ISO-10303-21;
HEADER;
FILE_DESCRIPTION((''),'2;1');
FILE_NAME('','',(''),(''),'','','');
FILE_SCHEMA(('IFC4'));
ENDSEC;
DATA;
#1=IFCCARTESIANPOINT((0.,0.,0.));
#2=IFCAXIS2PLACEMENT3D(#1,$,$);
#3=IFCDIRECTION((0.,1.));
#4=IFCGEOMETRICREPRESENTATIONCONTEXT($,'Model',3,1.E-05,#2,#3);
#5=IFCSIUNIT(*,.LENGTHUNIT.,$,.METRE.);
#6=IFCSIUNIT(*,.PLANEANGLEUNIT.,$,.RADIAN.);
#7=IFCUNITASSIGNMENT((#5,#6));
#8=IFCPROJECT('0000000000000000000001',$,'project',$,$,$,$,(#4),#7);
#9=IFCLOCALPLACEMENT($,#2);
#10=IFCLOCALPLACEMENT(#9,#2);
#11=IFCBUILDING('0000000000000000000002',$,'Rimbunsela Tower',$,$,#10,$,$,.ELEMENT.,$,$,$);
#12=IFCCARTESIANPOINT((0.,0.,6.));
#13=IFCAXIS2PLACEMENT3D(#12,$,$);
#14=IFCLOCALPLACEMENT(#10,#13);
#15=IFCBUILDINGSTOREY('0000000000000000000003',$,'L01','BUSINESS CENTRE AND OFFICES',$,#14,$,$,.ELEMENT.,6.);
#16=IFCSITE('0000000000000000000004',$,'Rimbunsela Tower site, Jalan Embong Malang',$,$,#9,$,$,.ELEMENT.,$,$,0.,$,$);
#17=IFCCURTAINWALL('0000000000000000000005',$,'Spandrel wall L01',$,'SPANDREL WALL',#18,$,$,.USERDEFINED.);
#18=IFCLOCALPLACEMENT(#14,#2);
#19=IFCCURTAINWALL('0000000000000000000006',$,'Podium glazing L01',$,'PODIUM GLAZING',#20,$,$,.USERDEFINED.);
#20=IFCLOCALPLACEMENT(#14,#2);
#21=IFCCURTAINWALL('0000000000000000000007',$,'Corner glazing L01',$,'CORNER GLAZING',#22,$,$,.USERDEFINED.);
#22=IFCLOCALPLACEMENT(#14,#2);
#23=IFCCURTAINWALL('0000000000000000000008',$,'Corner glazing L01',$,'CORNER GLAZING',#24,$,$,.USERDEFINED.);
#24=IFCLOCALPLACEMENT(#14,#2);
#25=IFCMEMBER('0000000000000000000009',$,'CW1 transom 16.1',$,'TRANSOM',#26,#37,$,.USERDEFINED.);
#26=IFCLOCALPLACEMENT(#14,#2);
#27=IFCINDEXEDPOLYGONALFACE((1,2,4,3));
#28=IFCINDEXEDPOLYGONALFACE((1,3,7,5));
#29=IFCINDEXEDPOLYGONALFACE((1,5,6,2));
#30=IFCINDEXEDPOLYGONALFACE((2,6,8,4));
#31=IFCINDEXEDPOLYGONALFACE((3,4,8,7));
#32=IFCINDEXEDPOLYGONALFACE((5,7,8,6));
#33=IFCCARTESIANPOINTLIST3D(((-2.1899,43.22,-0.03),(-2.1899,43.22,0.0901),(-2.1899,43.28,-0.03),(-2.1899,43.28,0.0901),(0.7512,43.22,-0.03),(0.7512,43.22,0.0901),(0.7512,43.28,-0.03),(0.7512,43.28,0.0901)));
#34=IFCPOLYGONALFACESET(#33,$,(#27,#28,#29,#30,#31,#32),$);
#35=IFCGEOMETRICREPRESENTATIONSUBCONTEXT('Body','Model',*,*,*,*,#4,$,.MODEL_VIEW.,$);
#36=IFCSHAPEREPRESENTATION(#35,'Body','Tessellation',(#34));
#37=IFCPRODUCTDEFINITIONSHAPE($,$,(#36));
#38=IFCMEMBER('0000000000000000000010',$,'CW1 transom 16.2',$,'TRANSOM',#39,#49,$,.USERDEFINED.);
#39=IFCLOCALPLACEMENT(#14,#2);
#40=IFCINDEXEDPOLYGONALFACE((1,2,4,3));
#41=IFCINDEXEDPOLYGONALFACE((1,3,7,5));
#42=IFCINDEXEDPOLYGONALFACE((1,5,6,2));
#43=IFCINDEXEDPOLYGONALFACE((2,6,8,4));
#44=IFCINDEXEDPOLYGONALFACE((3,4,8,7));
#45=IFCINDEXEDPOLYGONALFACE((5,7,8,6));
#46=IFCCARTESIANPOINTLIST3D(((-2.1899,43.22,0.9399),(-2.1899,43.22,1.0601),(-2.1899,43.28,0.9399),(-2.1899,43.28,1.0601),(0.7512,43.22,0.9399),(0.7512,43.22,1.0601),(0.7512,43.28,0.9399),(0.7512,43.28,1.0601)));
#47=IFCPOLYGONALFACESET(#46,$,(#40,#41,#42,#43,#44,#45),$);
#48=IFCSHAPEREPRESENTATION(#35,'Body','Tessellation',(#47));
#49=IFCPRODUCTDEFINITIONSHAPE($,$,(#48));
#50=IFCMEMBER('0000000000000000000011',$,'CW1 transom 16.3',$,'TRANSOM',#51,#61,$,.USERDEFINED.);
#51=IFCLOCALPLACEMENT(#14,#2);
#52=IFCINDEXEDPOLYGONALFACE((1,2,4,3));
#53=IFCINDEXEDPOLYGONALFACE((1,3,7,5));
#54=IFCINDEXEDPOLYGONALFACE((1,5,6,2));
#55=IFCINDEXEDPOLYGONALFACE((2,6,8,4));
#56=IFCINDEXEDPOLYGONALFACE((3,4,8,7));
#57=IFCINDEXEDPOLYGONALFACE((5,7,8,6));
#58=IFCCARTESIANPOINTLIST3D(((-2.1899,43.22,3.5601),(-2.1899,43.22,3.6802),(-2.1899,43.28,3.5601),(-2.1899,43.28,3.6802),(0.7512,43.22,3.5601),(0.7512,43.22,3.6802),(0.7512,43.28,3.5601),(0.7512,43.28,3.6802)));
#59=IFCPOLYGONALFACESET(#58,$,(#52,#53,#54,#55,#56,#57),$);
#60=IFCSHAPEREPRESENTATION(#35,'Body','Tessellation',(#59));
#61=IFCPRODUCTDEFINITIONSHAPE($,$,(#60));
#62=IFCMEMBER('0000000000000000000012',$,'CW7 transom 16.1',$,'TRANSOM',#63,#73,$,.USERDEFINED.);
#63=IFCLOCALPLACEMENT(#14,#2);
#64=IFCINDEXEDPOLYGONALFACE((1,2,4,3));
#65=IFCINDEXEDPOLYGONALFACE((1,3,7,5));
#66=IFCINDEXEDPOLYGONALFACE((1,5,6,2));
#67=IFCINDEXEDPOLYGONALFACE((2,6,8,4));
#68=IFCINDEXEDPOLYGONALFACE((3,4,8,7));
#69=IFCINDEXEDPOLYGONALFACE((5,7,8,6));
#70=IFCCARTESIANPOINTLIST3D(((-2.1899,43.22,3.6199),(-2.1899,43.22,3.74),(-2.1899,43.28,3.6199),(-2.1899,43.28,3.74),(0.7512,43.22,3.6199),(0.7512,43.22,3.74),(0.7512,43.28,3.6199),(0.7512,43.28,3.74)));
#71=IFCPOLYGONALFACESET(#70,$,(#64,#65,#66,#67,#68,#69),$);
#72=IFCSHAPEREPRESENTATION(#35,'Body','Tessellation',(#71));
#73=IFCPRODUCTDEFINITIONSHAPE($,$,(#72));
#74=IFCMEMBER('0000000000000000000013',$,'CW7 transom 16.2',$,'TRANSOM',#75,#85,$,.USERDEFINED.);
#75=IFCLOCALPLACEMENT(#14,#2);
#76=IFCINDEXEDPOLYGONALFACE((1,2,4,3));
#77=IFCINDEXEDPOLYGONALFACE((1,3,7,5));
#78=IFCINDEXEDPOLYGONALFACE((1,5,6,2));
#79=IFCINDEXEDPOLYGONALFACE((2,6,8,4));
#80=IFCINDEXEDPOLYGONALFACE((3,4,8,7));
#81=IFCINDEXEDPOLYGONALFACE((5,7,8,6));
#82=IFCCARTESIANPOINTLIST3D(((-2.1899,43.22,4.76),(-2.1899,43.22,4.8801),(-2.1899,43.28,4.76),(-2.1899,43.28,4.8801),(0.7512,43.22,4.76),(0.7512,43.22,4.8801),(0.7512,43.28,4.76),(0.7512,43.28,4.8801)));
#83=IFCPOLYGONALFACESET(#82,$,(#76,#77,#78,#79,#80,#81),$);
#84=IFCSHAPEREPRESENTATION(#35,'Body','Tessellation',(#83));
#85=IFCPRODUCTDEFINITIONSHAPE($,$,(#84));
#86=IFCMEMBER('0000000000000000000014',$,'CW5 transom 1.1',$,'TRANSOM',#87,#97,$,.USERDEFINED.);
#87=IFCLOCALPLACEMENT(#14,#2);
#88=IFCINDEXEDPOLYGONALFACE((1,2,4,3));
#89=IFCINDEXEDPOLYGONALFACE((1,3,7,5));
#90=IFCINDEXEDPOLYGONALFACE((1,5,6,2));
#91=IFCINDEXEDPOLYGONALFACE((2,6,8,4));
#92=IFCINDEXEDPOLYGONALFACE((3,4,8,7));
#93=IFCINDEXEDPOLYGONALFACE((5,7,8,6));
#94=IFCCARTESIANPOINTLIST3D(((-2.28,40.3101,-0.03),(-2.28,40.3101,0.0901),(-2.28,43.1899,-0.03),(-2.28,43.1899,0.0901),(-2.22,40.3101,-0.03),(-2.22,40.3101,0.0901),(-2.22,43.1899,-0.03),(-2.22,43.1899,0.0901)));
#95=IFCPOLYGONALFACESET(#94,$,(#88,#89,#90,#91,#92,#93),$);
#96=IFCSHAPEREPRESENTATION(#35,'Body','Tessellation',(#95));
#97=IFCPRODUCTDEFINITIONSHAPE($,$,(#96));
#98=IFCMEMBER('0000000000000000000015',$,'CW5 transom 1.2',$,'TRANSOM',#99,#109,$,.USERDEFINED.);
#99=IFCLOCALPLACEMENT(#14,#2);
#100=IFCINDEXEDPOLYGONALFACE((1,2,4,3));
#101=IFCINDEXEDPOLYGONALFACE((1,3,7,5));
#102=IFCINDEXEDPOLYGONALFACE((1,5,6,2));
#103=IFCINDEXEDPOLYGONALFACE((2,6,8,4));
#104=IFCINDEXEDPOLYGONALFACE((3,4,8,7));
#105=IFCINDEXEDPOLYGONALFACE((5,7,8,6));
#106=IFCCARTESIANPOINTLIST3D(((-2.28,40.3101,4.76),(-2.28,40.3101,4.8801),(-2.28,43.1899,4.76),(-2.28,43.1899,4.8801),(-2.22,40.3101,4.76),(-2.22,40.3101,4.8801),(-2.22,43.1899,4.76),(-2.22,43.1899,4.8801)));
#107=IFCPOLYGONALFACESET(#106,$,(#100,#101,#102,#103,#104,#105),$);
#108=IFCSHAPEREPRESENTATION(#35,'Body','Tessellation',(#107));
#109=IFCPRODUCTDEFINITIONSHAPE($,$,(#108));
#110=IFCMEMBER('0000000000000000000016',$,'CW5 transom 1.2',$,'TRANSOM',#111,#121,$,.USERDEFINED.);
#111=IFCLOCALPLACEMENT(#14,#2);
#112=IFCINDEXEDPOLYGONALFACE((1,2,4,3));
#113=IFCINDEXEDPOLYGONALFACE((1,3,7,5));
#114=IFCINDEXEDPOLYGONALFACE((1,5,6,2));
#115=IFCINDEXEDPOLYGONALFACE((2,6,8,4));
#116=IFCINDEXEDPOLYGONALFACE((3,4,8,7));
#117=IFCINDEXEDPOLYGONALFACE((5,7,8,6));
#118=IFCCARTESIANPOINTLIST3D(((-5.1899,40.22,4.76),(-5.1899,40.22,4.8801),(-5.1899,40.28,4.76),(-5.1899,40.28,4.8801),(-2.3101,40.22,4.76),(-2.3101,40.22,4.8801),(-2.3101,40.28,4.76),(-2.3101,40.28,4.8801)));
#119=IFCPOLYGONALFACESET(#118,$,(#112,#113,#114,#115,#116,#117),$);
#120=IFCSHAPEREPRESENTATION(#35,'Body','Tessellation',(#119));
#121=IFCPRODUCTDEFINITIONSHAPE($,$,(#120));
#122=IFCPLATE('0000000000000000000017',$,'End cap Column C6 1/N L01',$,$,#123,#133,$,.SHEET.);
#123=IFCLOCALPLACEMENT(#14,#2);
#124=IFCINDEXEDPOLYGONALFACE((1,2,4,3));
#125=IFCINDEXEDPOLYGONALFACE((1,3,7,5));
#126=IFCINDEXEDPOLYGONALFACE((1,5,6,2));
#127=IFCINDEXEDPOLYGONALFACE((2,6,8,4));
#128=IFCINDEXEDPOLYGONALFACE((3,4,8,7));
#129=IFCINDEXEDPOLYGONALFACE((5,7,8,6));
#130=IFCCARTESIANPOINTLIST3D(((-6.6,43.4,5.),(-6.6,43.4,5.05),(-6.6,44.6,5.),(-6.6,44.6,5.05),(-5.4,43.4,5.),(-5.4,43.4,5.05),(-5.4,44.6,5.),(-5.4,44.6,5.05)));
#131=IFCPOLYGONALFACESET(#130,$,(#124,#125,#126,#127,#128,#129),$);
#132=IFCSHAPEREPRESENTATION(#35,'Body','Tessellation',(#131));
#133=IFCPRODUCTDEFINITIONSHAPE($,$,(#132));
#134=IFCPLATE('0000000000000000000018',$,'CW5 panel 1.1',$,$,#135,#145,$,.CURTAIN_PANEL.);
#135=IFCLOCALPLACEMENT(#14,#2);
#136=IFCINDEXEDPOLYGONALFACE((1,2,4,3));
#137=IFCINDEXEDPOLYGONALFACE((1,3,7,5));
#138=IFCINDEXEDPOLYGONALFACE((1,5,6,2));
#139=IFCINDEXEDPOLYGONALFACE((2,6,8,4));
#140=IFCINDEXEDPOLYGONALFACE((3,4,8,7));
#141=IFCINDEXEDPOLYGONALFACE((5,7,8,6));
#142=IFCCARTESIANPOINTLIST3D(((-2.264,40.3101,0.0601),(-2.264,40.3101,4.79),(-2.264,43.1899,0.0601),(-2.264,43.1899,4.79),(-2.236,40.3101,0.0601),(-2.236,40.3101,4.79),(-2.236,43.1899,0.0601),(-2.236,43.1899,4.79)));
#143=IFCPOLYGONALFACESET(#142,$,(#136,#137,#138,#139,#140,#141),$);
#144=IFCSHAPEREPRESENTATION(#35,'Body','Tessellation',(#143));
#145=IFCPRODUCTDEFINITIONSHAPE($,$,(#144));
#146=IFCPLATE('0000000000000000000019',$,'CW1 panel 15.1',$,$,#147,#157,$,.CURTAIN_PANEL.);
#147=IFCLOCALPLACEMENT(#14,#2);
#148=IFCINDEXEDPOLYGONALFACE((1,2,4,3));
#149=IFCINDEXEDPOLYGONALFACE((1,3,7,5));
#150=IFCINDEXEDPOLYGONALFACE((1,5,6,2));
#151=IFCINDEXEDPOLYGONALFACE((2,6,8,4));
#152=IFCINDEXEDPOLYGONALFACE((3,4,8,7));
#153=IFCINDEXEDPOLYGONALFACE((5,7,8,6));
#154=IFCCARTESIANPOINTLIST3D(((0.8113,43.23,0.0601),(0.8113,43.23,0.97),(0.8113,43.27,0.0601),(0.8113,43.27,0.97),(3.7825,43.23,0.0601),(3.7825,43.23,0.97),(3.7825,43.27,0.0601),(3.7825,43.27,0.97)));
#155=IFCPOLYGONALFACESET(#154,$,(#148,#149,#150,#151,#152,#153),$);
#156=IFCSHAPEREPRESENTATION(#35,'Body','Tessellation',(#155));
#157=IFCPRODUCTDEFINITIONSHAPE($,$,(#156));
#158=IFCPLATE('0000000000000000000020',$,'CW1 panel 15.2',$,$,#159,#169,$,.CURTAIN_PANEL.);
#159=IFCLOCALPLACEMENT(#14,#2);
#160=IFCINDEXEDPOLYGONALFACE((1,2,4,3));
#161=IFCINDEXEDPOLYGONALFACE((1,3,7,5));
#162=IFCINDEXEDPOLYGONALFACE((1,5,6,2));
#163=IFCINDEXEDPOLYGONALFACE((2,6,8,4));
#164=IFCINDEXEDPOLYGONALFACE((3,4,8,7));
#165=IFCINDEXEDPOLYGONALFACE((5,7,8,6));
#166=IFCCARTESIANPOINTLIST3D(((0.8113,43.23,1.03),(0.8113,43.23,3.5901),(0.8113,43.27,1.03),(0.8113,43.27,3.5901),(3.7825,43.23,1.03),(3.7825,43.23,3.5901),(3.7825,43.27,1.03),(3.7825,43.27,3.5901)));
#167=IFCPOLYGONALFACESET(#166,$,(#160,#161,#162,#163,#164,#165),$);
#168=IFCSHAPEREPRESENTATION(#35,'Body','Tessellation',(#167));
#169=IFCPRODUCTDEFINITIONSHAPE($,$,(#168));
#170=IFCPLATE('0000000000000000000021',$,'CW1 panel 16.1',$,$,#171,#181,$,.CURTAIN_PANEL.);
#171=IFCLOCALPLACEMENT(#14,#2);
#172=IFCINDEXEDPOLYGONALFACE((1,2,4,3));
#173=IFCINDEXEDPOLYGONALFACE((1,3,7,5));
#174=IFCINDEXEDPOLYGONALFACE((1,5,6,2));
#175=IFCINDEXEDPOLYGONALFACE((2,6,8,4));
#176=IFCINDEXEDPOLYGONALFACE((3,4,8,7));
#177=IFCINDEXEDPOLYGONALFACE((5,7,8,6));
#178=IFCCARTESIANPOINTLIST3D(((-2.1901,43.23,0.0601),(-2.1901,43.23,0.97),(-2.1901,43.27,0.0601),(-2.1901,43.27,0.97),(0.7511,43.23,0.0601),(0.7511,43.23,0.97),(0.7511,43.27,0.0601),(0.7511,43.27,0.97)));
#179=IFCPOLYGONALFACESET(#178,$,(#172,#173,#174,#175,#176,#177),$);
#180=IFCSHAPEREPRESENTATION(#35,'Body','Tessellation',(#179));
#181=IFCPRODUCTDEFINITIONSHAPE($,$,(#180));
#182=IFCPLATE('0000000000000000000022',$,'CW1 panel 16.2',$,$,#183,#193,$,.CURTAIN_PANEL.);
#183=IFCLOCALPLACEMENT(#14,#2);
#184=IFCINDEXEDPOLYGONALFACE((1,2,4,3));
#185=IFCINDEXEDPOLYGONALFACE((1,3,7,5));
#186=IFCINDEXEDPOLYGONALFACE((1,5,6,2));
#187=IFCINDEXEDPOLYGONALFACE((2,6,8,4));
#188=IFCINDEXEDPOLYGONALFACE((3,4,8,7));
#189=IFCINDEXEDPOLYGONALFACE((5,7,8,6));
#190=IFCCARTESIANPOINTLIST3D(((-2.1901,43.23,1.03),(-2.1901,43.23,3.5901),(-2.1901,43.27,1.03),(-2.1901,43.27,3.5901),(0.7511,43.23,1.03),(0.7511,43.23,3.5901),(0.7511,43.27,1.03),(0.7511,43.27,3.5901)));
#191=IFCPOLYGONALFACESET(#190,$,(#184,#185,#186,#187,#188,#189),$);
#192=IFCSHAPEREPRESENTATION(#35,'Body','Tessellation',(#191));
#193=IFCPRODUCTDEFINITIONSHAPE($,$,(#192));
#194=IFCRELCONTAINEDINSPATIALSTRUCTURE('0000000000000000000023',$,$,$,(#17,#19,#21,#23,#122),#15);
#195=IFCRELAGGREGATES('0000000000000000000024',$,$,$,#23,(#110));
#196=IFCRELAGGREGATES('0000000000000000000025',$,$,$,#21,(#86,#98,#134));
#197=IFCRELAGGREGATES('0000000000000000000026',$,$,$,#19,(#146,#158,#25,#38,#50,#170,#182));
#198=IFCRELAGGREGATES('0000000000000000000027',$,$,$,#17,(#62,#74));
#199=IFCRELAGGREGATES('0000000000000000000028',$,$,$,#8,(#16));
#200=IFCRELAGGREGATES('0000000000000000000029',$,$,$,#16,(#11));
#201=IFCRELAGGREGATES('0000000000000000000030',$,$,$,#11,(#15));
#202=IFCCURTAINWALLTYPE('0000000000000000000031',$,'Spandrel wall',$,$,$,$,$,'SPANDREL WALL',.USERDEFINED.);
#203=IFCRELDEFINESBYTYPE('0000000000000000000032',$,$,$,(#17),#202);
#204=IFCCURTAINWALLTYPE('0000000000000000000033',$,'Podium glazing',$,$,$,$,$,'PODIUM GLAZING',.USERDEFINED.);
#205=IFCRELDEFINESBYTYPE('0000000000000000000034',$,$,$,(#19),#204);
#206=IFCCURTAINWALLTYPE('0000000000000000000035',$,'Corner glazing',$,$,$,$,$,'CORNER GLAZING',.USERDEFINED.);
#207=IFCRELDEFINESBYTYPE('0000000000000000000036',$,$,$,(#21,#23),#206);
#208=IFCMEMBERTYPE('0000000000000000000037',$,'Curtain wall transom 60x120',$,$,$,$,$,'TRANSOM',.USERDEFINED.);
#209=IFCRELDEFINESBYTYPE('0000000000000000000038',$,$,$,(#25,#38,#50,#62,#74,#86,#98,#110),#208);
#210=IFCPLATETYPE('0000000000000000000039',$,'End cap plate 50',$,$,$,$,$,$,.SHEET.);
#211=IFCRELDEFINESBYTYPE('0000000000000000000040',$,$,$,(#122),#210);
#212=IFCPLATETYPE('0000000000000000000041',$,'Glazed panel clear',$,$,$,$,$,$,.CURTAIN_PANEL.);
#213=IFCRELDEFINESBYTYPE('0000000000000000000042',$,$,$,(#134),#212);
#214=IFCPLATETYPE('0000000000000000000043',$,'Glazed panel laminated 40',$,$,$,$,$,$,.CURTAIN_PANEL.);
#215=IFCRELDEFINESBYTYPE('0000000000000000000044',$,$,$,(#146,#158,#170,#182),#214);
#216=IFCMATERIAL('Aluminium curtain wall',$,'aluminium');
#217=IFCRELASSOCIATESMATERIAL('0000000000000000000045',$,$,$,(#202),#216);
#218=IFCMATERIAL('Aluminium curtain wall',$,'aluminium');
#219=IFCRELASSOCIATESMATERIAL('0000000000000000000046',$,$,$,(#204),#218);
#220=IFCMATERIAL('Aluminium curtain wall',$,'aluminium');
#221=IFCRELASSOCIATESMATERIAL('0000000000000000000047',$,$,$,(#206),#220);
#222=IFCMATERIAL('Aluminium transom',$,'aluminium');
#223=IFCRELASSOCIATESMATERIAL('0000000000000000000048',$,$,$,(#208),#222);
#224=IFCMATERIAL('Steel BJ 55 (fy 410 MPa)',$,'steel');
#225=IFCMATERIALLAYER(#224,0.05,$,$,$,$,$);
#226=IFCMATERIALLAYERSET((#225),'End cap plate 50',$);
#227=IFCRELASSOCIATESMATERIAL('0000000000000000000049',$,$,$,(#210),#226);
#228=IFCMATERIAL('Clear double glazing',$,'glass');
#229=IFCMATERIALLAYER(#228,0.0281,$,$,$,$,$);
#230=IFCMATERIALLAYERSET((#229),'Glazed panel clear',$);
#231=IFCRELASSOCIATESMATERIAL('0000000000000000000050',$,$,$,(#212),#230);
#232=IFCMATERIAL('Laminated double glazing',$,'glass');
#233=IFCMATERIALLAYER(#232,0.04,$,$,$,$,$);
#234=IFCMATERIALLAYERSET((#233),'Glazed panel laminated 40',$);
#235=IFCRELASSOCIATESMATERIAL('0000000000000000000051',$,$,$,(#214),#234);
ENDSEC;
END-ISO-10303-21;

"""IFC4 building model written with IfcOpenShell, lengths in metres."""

from ifc_helpers import new_model, si_unit, direction, frame, origin, origin_2d, place, context, subcontext, project, spatial, rectangle, extrude, material, layer, layer_set, material_profile, profile_set, type_object, element, aggregate, save


model = new_model("IFC4")

# Units and contexts
model_context = context("Model", 3, precision=1e-05, world=origin(), true_north=direction((0.0, 1.0)))
body_context = subcontext(model_context, "Body", "Model", "MODEL_VIEW")
ifc_project = project(units=[si_unit("LENGTHUNIT", "METRE"), si_unit("PLANEANGLEUNIT", "RADIAN")], contexts=[model_context])

# Site, building, storey
site_placement = place(None, origin())
site = spatial("IfcSite", under=ifc_project, at=site_placement, Name="Rimbunsela Tower site, Jalan Embong Malang", CompositionType="ELEMENT", RefElevation=0.0)
building_placement = place(site_placement, origin())
building = spatial("IfcBuilding", under=site, at=building_placement, Name="Rimbunsela Tower", CompositionType="ELEMENT")
storey_placement = place(building_placement, frame((0.0, 0.0, 6.0)))
storey = spatial("IfcBuildingStorey", under=building, at=storey_placement, Name="L01", Description="BUSINESS CENTRE AND OFFICES", CompositionType="ELEMENT", Elevation=6.0)

# Curtain walls
ifc_material_1 = material(Name="Aluminium curtain wall", Category="aluminium")
curtain_wall_type_1 = type_object("IfcCurtainWallType", Name="Spandrel wall", ElementType="SPANDREL WALL", PredefinedType="USERDEFINED", material=ifc_material_1)
curtain_wall_1_placement = place(storey_placement, origin())
curtain_wall_1 = element("IfcCurtainWall", 1, at=curtain_wall_1_placement, inside=storey, type_object=curtain_wall_type_1, Name="Spandrel wall L01", ObjectType="SPANDREL WALL", PredefinedType="USERDEFINED")
ifc_material_2 = material(Name="Aluminium curtain wall", Category="aluminium")
curtain_wall_type_2 = type_object("IfcCurtainWallType", Name="Podium glazing", ElementType="PODIUM GLAZING", PredefinedType="USERDEFINED", material=ifc_material_2)
curtain_wall_2_placement = place(storey_placement, origin())
curtain_wall_2 = element("IfcCurtainWall", 2, at=curtain_wall_2_placement, inside=storey, type_object=curtain_wall_type_2, Name="Podium glazing L01", ObjectType="PODIUM GLAZING", PredefinedType="USERDEFINED")
ifc_material_3 = material(Name="Aluminium curtain wall", Category="aluminium")
curtain_wall_type_3 = type_object("IfcCurtainWallType", Name="Corner glazing", ElementType="CORNER GLAZING", PredefinedType="USERDEFINED", material=ifc_material_3)
curtain_wall_3_placement = place(storey_placement, origin())
curtain_wall_3 = element("IfcCurtainWall", 3, at=curtain_wall_3_placement, inside=storey, type_object=curtain_wall_type_3, Name="Corner glazing L01", ObjectType="CORNER GLAZING", PredefinedType="USERDEFINED")

# Curtain wall
curtain_wall_4_placement = place(storey_placement, origin())
curtain_wall_4 = element("IfcCurtainWall", 4, at=curtain_wall_4_placement, inside=storey, type_object=curtain_wall_type_3, Name="Corner glazing L01", ObjectType="CORNER GLAZING", PredefinedType="USERDEFINED")

# Members
ifc_material_4 = material(Name="Aluminium transom", Category="aluminium")
ifc_material_profile_1 = material_profile(ifc_material_4, rectangle(XDim=0.0601, YDim=0.1201, at=origin_2d()), Name="Transom 60x120")
ifc_profile_set_1 = profile_set([ifc_material_profile_1], Name="Aluminium transom")
member_type_1 = type_object("IfcMemberType", Name="Curtain wall transom 60x120", ElementType="TRANSOM", PredefinedType="USERDEFINED", material=ifc_profile_set_1)
member_1_placement = place(storey_placement, frame((0.7512, 43.25, 0.03), z_axis=(-1.0, 0.0, 0.0), x_axis=(0.0, -1.0, 0.0)))
member_1 = element("IfcMember", 5, at=member_1_placement, type_object=member_type_1, Name="CW1 transom 16.1", ObjectType="TRANSOM", PredefinedType="USERDEFINED", context=body_context, shape_type="SweptSolid", body=[
    extrude(rectangle(XDim=0.0601, YDim=0.1201, at=origin_2d()), origin(), (0.0, 0.0, 1.0), 2.9412),
])
member_2_placement = place(storey_placement, frame((0.7512, 43.25, 1.0), z_axis=(-1.0, 0.0, 0.0), x_axis=(0.0, -1.0, 0.0)))
member_2 = element("IfcMember", 6, at=member_2_placement, type_object=member_type_1, Name="CW1 transom 16.2", ObjectType="TRANSOM", PredefinedType="USERDEFINED", context=body_context, shape_type="SweptSolid", body=[
    extrude(rectangle(XDim=0.0601, YDim=0.1201, at=origin_2d()), origin(), (0.0, 0.0, 1.0), 2.9412),
])
member_3_placement = place(storey_placement, frame((0.7512, 43.25, 3.6201), z_axis=(-1.0, 0.0, 0.0), x_axis=(0.0, -1.0, 0.0)))
member_3 = element("IfcMember", 7, at=member_3_placement, type_object=member_type_1, Name="CW1 transom 16.3", ObjectType="TRANSOM", PredefinedType="USERDEFINED", context=body_context, shape_type="SweptSolid", body=[
    extrude(rectangle(XDim=0.0601, YDim=0.1201, at=origin_2d()), origin(), (0.0, 0.0, 1.0), 2.9412),
])
member_4_placement = place(storey_placement, frame((0.7512, 43.25, 3.6799), z_axis=(-1.0, 0.0, 0.0), x_axis=(0.0, -1.0, 0.0)))
member_4 = element("IfcMember", 8, at=member_4_placement, type_object=member_type_1, Name="CW7 transom 16.1", ObjectType="TRANSOM", PredefinedType="USERDEFINED", context=body_context, shape_type="SweptSolid", body=[
    extrude(rectangle(XDim=0.0601, YDim=0.1201, at=origin_2d()), origin(), (0.0, 0.0, 1.0), 2.9412),
])
member_5_placement = place(storey_placement, frame((0.7512, 43.25, 4.8201), z_axis=(-1.0, 0.0, 0.0), x_axis=(0.0, -1.0, 0.0)))
member_5 = element("IfcMember", 9, at=member_5_placement, type_object=member_type_1, Name="CW7 transom 16.2", ObjectType="TRANSOM", PredefinedType="USERDEFINED", context=body_context, shape_type="SweptSolid", body=[
    extrude(rectangle(XDim=0.0601, YDim=0.1201, at=origin_2d()), origin(), (0.0, 0.0, 1.0), 2.9412),
])
member_6_placement = place(storey_placement, frame((-2.25, 43.1899, 0.03), z_axis=(0.0, -1.0, 0.0), x_axis=(1.0, 0.0, 0.0)))
member_6 = element("IfcMember", 10, at=member_6_placement, type_object=member_type_1, Name="CW5 transom 1.1", ObjectType="TRANSOM", PredefinedType="USERDEFINED", context=body_context, shape_type="SweptSolid", body=[
    extrude(rectangle(XDim=0.0601, YDim=0.1201, at=origin_2d()), origin(), (0.0, 0.0, 1.0), 2.8799),
])
member_7_placement = place(storey_placement, frame((-2.25, 43.1899, 4.8201), z_axis=(0.0, -1.0, 0.0), x_axis=(1.0, 0.0, 0.0)))
member_7 = element("IfcMember", 11, at=member_7_placement, type_object=member_type_1, Name="CW5 transom 1.2", ObjectType="TRANSOM", PredefinedType="USERDEFINED", context=body_context, shape_type="SweptSolid", body=[
    extrude(rectangle(XDim=0.0601, YDim=0.1201, at=origin_2d()), origin(), (0.0, 0.0, 1.0), 2.8799),
])
member_8_placement = place(storey_placement, frame((-2.3101, 40.25, 4.8201), z_axis=(-1.0, 0.0, 0.0), x_axis=(0.0, -1.0, 0.0)))
member_8 = element("IfcMember", 12, at=member_8_placement, type_object=member_type_1, Name="CW5 transom 1.2", ObjectType="TRANSOM", PredefinedType="USERDEFINED", context=body_context, shape_type="SweptSolid", body=[
    extrude(rectangle(XDim=0.0601, YDim=0.1201, at=origin_2d()), origin(), (0.0, 0.0, 1.0), 2.8799),
])
aggregate(curtain_wall_4, [member_8])

# Plates
ifc_material_5 = material(Name="Steel BJ 55 (fy 410 MPa)", Category="steel")
ifc_layer_1 = layer(ifc_material_5, 0.05)
ifc_layer_set_1 = layer_set([ifc_layer_1], Name="End cap plate 50")
plate_type_1 = type_object("IfcPlateType", Name="End cap plate 50", PredefinedType="SHEET", material=ifc_layer_set_1)
plate_1_placement = place(storey_placement, frame((-6.0, 44.0, 5.0), z_axis=(0.0, 0.0, 1.0), x_axis=(1.0, 0.0, 0.0)))
element("IfcPlate", 13, at=plate_1_placement, inside=storey, type_object=plate_type_1, Name="End cap Column C6 1/N L01", PredefinedType="SHEET", context=body_context, shape_type="SweptSolid", body=[
    extrude(rectangle(XDim=1.2, YDim=1.2, at=origin_2d()), origin(), (0.0, 0.0, 1.0), 0.05),
])
ifc_material_6 = material(Name="Clear double glazing", Category="glass")
ifc_layer_2 = layer(ifc_material_6, 0.0281)
ifc_layer_set_2 = layer_set([ifc_layer_2], Name="Glazed panel clear")
plate_type_2 = type_object("IfcPlateType", Name="Glazed panel clear", PredefinedType="CURTAIN_PANEL", material=ifc_layer_set_2)
plate_2_placement = place(storey_placement, frame((-2.25, 41.75, 0.0601), z_axis=(0.0, 0.0, 1.0), x_axis=(0.0, -1.0, 0.0)))
plate_2 = element("IfcPlate", 14, at=plate_2_placement, type_object=plate_type_2, Name="CW5 panel 1.1", PredefinedType="CURTAIN_PANEL", context=body_context, shape_type="SweptSolid", body=[
    extrude(rectangle(XDim=2.8799, YDim=0.0281, at=origin_2d()), origin(), (0.0, 0.0, 1.0), 4.73),
])
aggregate(curtain_wall_3, [member_6, member_7, plate_2])
ifc_material_7 = material(Name="Laminated double glazing", Category="glass")
ifc_layer_3 = layer(ifc_material_7, 0.04)
ifc_layer_set_3 = layer_set([ifc_layer_3], Name="Glazed panel laminated 40")
plate_type_3 = type_object("IfcPlateType", Name="Glazed panel laminated 40", PredefinedType="CURTAIN_PANEL", material=ifc_layer_set_3)
plate_3_placement = place(storey_placement, frame((2.2969, 43.25, 0.0601), z_axis=(0.0, 0.0, 1.0), x_axis=(-1.0, 0.0, 0.0)))
plate_3 = element("IfcPlate", 15, at=plate_3_placement, type_object=plate_type_3, Name="CW1 panel 15.1", PredefinedType="CURTAIN_PANEL", context=body_context, shape_type="SweptSolid", body=[
    extrude(rectangle(XDim=2.9712, YDim=0.04, at=origin_2d()), origin(), (0.0, 0.0, 1.0), 0.9099),
])
plate_4_placement = place(storey_placement, frame((2.2969, 43.25, 1.03), z_axis=(0.0, 0.0, 1.0), x_axis=(-1.0, 0.0, 0.0)))
plate_4 = element("IfcPlate", 16, at=plate_4_placement, type_object=plate_type_3, Name="CW1 panel 15.2", PredefinedType="CURTAIN_PANEL", context=body_context, shape_type="SweptSolid", body=[
    extrude(rectangle(XDim=2.9712, YDim=0.04, at=origin_2d()), origin(), (0.0, 0.0, 1.0), 2.5601),
])
plate_5_placement = place(storey_placement, frame((-0.7195, 43.25, 0.0601), z_axis=(0.0, 0.0, 1.0), x_axis=(-1.0, 0.0, 0.0)))
plate_5 = element("IfcPlate", 17, at=plate_5_placement, type_object=plate_type_3, Name="CW1 panel 16.1", PredefinedType="CURTAIN_PANEL", context=body_context, shape_type="SweptSolid", body=[
    extrude(rectangle(XDim=2.9412, YDim=0.04, at=origin_2d()), origin(), (0.0, 0.0, 1.0), 0.9099),
])
plate_6_placement = place(storey_placement, frame((-0.7195, 43.25, 1.03), z_axis=(0.0, 0.0, 1.0), x_axis=(-1.0, 0.0, 0.0)))
plate_6 = element("IfcPlate", 18, at=plate_6_placement, type_object=plate_type_3, Name="CW1 panel 16.2", PredefinedType="CURTAIN_PANEL", context=body_context, shape_type="SweptSolid", body=[
    extrude(rectangle(XDim=2.9412, YDim=0.04, at=origin_2d()), origin(), (0.0, 0.0, 1.0), 2.5601),
])
aggregate(curtain_wall_2, [plate_3, plate_4, member_1, member_2, member_3, plate_5, plate_6])
aggregate(curtain_wall_1, [member_4, member_5])

save(model, "model.ifc")
